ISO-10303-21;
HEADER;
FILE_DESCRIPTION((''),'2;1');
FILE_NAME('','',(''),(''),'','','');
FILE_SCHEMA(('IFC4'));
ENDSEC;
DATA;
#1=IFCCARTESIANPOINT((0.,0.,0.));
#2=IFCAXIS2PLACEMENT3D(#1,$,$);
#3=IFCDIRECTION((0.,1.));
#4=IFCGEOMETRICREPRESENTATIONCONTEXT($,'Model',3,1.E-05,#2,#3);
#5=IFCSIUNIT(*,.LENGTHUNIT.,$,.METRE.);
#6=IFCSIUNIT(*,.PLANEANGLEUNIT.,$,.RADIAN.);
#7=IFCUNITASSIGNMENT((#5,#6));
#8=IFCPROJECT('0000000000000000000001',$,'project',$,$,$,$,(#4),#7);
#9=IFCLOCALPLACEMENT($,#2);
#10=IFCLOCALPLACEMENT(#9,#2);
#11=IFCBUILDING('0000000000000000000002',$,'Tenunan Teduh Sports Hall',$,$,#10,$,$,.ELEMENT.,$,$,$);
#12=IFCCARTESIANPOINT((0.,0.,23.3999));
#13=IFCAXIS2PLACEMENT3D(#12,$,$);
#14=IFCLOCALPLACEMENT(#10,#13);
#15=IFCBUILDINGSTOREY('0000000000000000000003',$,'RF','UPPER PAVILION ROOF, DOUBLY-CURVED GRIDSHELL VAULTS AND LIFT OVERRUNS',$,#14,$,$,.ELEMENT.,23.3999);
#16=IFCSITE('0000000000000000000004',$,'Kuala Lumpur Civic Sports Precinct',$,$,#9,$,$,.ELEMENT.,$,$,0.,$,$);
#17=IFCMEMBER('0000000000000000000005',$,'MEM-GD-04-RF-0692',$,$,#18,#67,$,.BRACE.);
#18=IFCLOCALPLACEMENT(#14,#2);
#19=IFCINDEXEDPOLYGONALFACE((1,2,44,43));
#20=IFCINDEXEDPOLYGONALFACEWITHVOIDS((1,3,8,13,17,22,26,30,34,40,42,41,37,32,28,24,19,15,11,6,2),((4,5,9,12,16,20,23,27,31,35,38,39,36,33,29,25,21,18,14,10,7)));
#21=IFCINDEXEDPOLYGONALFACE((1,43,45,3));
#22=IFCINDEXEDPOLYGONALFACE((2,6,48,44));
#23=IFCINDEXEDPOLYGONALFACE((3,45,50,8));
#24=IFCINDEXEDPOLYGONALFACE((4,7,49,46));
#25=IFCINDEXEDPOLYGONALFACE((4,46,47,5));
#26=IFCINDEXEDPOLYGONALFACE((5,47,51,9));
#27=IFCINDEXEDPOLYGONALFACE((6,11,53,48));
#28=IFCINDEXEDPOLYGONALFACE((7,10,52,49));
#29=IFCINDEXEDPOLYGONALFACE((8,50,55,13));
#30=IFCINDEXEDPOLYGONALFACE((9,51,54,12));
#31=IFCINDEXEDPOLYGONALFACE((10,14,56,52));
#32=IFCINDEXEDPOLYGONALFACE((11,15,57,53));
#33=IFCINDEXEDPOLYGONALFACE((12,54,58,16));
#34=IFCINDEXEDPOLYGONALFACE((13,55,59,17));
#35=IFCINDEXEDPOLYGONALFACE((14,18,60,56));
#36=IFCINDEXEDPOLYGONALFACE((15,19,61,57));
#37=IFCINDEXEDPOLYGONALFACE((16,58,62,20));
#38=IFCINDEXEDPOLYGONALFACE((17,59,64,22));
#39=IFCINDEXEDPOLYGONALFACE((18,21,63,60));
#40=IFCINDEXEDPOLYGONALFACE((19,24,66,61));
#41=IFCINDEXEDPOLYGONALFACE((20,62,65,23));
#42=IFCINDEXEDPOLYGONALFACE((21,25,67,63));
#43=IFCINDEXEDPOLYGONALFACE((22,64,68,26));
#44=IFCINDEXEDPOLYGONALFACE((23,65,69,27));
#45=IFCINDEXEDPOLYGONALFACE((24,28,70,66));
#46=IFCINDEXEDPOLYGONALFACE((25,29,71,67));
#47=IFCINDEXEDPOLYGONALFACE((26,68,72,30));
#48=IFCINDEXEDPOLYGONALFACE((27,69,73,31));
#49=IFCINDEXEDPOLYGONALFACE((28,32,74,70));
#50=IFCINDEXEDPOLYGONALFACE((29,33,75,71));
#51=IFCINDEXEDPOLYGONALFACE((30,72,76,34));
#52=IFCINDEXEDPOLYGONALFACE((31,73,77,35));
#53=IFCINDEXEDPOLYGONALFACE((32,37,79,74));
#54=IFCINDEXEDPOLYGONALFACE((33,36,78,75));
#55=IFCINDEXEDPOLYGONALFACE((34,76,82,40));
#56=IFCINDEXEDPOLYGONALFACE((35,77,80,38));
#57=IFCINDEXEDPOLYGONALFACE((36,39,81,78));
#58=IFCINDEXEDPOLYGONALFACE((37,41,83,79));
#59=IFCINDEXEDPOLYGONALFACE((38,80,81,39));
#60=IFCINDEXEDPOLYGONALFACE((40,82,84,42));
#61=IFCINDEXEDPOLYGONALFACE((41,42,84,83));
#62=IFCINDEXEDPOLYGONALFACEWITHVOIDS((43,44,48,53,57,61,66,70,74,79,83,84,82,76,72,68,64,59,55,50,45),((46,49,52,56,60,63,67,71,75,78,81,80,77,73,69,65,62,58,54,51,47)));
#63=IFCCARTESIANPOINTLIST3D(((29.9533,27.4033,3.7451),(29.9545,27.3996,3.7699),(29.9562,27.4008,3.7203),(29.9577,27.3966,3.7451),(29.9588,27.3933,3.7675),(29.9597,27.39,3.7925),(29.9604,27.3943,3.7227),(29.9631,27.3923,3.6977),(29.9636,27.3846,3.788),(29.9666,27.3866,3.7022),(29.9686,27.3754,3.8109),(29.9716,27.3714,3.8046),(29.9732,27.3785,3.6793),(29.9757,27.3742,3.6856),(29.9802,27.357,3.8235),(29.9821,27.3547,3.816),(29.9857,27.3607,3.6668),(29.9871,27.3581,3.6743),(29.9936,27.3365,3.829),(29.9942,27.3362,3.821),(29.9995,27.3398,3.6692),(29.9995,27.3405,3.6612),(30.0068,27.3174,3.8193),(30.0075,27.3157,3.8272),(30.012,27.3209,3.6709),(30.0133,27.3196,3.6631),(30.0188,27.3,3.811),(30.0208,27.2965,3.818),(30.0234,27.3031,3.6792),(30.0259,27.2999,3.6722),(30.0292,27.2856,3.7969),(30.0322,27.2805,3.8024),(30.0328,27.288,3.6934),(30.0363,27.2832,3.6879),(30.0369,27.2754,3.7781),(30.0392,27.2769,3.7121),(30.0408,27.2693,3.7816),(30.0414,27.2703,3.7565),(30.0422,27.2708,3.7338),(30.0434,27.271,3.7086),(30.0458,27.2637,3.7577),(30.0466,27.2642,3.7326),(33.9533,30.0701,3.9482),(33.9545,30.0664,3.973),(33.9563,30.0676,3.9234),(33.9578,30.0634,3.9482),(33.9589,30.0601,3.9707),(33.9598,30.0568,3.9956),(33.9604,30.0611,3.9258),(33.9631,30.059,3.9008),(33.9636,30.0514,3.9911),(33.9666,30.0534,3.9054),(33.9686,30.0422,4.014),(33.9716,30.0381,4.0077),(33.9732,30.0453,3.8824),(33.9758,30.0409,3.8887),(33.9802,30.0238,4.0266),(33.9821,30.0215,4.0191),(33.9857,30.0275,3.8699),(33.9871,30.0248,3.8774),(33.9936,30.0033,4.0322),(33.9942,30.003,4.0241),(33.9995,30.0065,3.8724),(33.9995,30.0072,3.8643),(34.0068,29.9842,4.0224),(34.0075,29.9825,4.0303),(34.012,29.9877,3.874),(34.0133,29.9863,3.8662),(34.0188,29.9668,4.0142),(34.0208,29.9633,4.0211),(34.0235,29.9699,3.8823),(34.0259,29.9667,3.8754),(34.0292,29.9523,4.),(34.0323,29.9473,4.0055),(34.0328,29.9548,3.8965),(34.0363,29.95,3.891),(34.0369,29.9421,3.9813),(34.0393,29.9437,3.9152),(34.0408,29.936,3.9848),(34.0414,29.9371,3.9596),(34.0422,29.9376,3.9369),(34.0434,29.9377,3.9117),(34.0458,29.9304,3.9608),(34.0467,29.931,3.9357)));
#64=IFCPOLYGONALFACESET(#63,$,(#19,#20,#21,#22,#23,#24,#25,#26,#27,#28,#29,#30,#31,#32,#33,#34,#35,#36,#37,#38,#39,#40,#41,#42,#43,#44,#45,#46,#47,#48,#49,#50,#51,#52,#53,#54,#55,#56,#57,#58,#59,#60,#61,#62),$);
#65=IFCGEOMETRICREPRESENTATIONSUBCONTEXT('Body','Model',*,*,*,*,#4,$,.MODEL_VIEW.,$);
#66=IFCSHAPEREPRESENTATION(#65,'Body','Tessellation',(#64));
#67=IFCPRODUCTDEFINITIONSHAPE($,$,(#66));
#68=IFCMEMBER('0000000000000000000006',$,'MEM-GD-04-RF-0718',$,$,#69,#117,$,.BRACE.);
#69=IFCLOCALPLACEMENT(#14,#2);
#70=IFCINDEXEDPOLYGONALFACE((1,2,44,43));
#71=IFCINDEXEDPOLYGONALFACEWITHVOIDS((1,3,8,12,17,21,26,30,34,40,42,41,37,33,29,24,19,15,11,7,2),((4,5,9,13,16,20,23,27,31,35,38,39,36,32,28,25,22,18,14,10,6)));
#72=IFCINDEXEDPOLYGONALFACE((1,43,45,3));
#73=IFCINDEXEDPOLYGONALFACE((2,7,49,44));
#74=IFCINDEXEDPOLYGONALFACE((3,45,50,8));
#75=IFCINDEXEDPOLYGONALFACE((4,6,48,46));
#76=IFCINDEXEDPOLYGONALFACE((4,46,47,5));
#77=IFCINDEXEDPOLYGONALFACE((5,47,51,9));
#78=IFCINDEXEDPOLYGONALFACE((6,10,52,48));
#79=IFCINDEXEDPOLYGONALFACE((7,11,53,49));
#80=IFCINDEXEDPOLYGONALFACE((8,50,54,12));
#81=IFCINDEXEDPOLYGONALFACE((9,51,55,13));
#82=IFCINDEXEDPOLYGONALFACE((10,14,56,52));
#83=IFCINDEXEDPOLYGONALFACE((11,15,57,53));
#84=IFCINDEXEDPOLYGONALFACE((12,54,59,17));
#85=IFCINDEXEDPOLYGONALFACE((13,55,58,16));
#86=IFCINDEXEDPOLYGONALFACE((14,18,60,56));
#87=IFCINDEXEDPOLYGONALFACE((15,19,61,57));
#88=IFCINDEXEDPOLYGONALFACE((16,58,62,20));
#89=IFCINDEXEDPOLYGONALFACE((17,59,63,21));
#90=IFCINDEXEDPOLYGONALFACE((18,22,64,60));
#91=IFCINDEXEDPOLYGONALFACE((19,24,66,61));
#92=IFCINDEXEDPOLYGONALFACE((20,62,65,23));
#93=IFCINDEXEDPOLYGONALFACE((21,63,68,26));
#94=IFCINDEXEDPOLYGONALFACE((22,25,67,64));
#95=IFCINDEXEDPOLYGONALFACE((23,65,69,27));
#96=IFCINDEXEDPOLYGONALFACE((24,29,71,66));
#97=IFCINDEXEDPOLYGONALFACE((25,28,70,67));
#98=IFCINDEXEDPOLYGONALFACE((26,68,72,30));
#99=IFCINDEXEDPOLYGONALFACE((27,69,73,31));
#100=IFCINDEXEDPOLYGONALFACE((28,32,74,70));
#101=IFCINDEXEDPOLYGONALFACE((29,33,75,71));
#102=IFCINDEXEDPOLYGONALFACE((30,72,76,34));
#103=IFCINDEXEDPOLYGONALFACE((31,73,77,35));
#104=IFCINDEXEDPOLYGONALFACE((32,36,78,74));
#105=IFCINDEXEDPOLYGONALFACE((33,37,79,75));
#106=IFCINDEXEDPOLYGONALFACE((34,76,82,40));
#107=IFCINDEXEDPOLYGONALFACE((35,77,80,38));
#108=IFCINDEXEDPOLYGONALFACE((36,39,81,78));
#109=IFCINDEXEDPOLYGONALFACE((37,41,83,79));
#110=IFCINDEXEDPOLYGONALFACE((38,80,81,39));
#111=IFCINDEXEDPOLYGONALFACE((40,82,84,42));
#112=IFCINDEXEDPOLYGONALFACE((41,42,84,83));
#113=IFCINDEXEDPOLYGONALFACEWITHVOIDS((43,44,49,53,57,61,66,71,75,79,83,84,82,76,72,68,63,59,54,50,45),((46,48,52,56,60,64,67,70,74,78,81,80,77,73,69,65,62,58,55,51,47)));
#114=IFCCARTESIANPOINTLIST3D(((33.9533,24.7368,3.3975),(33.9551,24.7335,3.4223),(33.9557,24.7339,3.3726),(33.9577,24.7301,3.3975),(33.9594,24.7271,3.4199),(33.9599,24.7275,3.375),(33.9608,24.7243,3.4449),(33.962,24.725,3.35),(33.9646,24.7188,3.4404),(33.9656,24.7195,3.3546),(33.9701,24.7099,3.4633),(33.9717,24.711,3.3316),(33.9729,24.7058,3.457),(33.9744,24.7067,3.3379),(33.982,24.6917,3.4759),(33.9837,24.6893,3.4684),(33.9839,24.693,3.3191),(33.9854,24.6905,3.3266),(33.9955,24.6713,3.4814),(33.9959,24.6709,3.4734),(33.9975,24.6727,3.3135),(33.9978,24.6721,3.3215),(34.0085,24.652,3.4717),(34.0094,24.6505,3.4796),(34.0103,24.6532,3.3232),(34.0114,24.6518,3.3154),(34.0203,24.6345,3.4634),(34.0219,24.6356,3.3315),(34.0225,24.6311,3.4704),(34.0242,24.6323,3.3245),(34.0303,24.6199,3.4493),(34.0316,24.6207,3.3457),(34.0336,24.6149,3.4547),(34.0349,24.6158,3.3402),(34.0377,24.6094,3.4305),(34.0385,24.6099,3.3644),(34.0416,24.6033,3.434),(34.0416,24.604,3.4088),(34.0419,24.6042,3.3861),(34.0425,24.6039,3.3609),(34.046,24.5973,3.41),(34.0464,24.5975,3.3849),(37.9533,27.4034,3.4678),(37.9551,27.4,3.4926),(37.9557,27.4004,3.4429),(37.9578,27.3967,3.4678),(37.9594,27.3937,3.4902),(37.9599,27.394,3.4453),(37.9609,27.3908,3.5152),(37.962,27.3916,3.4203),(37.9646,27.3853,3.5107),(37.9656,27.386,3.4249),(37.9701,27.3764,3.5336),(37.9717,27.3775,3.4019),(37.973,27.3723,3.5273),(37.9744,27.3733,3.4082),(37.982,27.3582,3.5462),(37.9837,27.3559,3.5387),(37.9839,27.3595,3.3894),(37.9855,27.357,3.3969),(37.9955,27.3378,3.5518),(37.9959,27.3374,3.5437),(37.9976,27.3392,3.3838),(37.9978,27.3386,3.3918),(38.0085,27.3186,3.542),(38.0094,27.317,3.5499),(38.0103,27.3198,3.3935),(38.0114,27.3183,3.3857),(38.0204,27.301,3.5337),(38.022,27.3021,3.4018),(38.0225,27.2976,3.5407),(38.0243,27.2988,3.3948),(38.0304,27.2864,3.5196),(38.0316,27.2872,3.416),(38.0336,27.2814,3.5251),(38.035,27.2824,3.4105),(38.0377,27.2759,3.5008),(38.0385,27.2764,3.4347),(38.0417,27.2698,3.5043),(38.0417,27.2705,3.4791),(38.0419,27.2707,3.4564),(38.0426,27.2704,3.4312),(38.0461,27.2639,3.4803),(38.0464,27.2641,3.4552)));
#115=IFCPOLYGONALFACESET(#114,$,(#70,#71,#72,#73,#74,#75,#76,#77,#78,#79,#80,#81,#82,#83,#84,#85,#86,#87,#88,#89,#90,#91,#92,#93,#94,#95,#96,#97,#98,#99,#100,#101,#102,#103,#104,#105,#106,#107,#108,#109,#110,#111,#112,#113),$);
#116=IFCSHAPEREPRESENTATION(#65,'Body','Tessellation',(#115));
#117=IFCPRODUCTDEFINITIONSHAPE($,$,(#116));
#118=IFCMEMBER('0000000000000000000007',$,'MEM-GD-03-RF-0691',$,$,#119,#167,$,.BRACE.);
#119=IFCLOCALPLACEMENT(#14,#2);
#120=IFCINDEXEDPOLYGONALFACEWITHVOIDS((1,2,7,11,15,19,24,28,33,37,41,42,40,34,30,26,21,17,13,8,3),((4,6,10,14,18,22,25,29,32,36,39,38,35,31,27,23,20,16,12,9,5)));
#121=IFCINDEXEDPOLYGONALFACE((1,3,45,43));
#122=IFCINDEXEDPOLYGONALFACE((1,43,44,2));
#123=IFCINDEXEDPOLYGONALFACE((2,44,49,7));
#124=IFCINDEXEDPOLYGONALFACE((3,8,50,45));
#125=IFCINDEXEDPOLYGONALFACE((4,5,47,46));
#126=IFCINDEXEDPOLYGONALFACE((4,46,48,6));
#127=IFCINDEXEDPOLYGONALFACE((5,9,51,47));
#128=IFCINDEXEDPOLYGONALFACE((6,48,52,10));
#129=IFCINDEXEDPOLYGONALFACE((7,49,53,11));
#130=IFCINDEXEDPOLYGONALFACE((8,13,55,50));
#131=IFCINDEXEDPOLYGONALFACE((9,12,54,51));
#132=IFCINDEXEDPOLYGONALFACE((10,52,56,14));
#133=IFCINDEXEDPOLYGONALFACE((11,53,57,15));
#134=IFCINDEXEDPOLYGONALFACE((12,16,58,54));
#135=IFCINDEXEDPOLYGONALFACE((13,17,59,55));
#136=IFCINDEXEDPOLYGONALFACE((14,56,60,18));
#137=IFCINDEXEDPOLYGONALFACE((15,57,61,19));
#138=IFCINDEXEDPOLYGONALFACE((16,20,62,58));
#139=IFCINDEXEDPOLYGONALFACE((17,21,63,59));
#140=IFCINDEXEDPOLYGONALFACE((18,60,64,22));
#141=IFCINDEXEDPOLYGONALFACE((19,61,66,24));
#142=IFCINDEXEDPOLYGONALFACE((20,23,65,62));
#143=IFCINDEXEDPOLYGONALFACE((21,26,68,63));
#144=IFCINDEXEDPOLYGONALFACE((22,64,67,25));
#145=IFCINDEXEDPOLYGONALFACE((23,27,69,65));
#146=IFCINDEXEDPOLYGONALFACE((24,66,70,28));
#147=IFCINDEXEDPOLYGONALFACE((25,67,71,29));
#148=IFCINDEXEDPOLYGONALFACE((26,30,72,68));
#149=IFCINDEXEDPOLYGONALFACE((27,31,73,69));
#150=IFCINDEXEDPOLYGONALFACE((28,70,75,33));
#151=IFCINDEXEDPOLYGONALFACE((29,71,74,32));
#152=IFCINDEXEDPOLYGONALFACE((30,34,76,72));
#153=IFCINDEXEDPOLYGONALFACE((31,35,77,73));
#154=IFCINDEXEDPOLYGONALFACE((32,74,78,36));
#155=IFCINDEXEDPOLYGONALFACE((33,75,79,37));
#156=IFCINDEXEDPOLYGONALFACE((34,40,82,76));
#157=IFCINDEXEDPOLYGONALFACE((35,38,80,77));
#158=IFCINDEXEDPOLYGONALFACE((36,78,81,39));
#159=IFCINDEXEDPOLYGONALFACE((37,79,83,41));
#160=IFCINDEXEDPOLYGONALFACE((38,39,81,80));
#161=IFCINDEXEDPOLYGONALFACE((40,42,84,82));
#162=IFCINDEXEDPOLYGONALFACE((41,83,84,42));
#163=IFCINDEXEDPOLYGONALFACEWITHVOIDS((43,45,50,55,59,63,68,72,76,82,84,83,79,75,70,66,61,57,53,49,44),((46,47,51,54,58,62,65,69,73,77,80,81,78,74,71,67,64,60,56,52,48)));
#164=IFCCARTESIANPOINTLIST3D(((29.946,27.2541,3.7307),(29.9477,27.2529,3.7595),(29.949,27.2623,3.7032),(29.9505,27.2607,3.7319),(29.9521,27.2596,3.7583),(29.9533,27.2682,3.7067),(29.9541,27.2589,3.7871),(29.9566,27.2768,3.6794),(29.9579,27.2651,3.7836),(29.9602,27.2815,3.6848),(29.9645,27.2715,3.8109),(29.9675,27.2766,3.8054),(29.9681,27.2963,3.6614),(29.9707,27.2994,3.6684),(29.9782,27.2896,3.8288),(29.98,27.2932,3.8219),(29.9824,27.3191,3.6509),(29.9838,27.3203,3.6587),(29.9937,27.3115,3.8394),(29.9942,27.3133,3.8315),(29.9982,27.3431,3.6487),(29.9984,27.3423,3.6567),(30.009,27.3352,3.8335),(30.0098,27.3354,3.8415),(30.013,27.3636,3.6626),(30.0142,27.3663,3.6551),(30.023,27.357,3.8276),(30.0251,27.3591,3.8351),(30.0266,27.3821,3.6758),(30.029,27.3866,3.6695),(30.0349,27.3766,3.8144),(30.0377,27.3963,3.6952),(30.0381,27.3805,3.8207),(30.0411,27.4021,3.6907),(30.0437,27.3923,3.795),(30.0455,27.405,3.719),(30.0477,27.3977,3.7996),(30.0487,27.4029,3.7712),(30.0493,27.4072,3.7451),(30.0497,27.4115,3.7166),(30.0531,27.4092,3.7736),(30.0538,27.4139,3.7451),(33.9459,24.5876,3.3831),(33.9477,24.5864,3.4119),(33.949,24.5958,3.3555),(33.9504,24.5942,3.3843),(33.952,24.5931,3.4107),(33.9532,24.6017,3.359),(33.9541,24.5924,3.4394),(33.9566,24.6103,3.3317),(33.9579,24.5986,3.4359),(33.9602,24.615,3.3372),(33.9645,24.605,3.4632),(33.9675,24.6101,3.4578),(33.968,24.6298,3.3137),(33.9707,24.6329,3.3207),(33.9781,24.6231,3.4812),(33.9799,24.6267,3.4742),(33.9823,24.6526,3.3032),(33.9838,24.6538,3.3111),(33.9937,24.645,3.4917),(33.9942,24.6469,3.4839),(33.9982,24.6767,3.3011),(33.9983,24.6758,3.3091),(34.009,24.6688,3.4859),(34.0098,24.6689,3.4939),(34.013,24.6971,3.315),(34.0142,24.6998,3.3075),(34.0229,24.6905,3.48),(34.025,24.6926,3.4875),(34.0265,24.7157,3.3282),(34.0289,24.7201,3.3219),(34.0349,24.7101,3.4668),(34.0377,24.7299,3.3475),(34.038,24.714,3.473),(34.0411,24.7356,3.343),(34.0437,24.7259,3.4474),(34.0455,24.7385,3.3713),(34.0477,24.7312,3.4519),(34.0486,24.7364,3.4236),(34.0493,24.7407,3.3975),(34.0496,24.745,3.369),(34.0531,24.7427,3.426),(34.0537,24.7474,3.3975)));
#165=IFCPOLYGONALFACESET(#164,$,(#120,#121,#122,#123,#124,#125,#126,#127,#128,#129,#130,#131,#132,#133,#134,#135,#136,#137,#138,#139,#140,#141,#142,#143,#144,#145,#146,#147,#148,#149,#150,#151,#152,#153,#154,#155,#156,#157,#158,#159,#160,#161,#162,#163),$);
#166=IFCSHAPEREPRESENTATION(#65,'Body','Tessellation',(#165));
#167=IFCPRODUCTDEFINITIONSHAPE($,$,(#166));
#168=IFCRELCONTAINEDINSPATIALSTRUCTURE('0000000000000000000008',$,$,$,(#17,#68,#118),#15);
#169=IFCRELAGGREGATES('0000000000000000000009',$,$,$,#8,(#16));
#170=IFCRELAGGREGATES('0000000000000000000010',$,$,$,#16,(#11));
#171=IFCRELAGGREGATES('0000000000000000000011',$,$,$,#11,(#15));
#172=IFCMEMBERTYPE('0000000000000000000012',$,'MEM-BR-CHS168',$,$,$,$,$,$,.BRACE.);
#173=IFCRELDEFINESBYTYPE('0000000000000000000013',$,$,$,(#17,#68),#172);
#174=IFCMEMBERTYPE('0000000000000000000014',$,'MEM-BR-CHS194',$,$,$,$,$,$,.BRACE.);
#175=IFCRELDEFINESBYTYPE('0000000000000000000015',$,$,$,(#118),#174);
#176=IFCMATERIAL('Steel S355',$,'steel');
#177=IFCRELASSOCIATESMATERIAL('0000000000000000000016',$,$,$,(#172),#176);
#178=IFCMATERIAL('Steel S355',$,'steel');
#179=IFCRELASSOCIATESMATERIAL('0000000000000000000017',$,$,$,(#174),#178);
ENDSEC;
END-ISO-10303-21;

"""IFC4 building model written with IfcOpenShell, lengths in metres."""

from ifc_helpers import new_model, si_unit, direction, frame, origin, origin_2d, place, context, subcontext, project, spatial, hollow_circle, extrude, material, material_profile, profile_set, type_object, element, save


model = new_model("IFC4")

# Units and contexts
model_context = context("Model", 3, precision=1e-05, world=origin(), true_north=direction((0.0, 1.0)))
body_context = subcontext(model_context, "Body", "Model", "MODEL_VIEW")
ifc_project = project(units=[si_unit("LENGTHUNIT", "METRE"), si_unit("PLANEANGLEUNIT", "RADIAN")], contexts=[model_context])

# Site, building, storey
site_placement = place(None, origin())
site = spatial("IfcSite", under=ifc_project, at=site_placement, Name="Kuala Lumpur Civic Sports Precinct", CompositionType="ELEMENT", RefElevation=0.0)
building_placement = place(site_placement, origin())
building = spatial("IfcBuilding", under=site, at=building_placement, Name="Tenunan Teduh Sports Hall", CompositionType="ELEMENT")
storey_placement = place(building_placement, frame((0.0, 0.0, 23.3999)))
storey = spatial("IfcBuildingStorey", under=building, at=storey_placement, Name="RF", Description="UPPER PAVILION ROOF, DOUBLY-CURVED GRIDSHELL VAULTS AND LIFT OVERRUNS", CompositionType="ELEMENT", Elevation=23.3999)

# Members
ifc_material_1 = material(Name="Steel S355", Category="steel")
ifc_material_profile_1 = material_profile(ifc_material_1, hollow_circle(Radius=0.0842, WallThickness=0.0081, at=origin_2d()), Name="CHS 168.3x8.0")
ifc_profile_set_1 = profile_set([ifc_material_profile_1], Name="Steel S355")
member_type_1 = type_object("IfcMemberType", Name="MEM-BR-CHS168", PredefinedType="BRACE", material=ifc_profile_set_1)
member_1_placement = place(storey_placement, frame((30.0, 27.3333, 3.7451), z_axis=(0.831301, 0.554217, 0.042214), x_axis=(-0.554712, 0.832042, 0.0)))
element("IfcMember", 1, at=member_1_placement, inside=storey, type_object=member_type_1, Name="MEM-GD-04-RF-0692", PredefinedType="BRACE", context=body_context, shape_type="SweptSolid", body=[
    extrude(hollow_circle(Radius=0.0842, WallThickness=0.0081, at=origin_2d()), origin(), (0.0, 0.0, 1.0), 4.8118),
])
member_2_placement = place(storey_placement, frame((34.0, 24.6667, 3.3975), z_axis=(0.831977, 0.554617, 0.014625), x_axis=(-0.554677, 0.832066, 0.0)))
element("IfcMember", 2, at=member_2_placement, inside=storey, type_object=member_type_1, Name="MEM-GD-04-RF-0718", PredefinedType="BRACE", context=body_context, shape_type="SweptSolid", body=[
    extrude(hollow_circle(Radius=0.0842, WallThickness=0.0081, at=origin_2d()), origin(), (0.0, 0.0, 1.0), 4.8079),
])
ifc_material_2 = material(Name="Steel S355", Category="steel")
ifc_material_profile_2 = material_profile(ifc_material_2, hollow_circle(Radius=0.0969, WallThickness=0.0081, at=origin_2d()), Name="CHS 193.7x8.0")
ifc_profile_set_2 = profile_set([ifc_material_profile_2], Name="Steel S355")
member_type_2 = type_object("IfcMemberType", Name="MEM-BR-CHS194", PredefinedType="BRACE", material=ifc_profile_set_2)
member_3_placement = place(storey_placement, frame((30.0, 27.3333, 3.7451), z_axis=(0.829899, -0.553232, -0.07213), x_axis=(0.554677, 0.832066, 0.0)))
element("IfcMember", 3, at=member_3_placement, inside=storey, type_object=member_type_2, Name="MEM-GD-03-RF-0691", PredefinedType="BRACE", context=body_context, shape_type="SweptSolid", body=[
    extrude(hollow_circle(Radius=0.0969, WallThickness=0.0081, at=origin_2d()), origin(), (0.0, 0.0, 1.0), 4.8198),
])

save(model, "model.ifc")
